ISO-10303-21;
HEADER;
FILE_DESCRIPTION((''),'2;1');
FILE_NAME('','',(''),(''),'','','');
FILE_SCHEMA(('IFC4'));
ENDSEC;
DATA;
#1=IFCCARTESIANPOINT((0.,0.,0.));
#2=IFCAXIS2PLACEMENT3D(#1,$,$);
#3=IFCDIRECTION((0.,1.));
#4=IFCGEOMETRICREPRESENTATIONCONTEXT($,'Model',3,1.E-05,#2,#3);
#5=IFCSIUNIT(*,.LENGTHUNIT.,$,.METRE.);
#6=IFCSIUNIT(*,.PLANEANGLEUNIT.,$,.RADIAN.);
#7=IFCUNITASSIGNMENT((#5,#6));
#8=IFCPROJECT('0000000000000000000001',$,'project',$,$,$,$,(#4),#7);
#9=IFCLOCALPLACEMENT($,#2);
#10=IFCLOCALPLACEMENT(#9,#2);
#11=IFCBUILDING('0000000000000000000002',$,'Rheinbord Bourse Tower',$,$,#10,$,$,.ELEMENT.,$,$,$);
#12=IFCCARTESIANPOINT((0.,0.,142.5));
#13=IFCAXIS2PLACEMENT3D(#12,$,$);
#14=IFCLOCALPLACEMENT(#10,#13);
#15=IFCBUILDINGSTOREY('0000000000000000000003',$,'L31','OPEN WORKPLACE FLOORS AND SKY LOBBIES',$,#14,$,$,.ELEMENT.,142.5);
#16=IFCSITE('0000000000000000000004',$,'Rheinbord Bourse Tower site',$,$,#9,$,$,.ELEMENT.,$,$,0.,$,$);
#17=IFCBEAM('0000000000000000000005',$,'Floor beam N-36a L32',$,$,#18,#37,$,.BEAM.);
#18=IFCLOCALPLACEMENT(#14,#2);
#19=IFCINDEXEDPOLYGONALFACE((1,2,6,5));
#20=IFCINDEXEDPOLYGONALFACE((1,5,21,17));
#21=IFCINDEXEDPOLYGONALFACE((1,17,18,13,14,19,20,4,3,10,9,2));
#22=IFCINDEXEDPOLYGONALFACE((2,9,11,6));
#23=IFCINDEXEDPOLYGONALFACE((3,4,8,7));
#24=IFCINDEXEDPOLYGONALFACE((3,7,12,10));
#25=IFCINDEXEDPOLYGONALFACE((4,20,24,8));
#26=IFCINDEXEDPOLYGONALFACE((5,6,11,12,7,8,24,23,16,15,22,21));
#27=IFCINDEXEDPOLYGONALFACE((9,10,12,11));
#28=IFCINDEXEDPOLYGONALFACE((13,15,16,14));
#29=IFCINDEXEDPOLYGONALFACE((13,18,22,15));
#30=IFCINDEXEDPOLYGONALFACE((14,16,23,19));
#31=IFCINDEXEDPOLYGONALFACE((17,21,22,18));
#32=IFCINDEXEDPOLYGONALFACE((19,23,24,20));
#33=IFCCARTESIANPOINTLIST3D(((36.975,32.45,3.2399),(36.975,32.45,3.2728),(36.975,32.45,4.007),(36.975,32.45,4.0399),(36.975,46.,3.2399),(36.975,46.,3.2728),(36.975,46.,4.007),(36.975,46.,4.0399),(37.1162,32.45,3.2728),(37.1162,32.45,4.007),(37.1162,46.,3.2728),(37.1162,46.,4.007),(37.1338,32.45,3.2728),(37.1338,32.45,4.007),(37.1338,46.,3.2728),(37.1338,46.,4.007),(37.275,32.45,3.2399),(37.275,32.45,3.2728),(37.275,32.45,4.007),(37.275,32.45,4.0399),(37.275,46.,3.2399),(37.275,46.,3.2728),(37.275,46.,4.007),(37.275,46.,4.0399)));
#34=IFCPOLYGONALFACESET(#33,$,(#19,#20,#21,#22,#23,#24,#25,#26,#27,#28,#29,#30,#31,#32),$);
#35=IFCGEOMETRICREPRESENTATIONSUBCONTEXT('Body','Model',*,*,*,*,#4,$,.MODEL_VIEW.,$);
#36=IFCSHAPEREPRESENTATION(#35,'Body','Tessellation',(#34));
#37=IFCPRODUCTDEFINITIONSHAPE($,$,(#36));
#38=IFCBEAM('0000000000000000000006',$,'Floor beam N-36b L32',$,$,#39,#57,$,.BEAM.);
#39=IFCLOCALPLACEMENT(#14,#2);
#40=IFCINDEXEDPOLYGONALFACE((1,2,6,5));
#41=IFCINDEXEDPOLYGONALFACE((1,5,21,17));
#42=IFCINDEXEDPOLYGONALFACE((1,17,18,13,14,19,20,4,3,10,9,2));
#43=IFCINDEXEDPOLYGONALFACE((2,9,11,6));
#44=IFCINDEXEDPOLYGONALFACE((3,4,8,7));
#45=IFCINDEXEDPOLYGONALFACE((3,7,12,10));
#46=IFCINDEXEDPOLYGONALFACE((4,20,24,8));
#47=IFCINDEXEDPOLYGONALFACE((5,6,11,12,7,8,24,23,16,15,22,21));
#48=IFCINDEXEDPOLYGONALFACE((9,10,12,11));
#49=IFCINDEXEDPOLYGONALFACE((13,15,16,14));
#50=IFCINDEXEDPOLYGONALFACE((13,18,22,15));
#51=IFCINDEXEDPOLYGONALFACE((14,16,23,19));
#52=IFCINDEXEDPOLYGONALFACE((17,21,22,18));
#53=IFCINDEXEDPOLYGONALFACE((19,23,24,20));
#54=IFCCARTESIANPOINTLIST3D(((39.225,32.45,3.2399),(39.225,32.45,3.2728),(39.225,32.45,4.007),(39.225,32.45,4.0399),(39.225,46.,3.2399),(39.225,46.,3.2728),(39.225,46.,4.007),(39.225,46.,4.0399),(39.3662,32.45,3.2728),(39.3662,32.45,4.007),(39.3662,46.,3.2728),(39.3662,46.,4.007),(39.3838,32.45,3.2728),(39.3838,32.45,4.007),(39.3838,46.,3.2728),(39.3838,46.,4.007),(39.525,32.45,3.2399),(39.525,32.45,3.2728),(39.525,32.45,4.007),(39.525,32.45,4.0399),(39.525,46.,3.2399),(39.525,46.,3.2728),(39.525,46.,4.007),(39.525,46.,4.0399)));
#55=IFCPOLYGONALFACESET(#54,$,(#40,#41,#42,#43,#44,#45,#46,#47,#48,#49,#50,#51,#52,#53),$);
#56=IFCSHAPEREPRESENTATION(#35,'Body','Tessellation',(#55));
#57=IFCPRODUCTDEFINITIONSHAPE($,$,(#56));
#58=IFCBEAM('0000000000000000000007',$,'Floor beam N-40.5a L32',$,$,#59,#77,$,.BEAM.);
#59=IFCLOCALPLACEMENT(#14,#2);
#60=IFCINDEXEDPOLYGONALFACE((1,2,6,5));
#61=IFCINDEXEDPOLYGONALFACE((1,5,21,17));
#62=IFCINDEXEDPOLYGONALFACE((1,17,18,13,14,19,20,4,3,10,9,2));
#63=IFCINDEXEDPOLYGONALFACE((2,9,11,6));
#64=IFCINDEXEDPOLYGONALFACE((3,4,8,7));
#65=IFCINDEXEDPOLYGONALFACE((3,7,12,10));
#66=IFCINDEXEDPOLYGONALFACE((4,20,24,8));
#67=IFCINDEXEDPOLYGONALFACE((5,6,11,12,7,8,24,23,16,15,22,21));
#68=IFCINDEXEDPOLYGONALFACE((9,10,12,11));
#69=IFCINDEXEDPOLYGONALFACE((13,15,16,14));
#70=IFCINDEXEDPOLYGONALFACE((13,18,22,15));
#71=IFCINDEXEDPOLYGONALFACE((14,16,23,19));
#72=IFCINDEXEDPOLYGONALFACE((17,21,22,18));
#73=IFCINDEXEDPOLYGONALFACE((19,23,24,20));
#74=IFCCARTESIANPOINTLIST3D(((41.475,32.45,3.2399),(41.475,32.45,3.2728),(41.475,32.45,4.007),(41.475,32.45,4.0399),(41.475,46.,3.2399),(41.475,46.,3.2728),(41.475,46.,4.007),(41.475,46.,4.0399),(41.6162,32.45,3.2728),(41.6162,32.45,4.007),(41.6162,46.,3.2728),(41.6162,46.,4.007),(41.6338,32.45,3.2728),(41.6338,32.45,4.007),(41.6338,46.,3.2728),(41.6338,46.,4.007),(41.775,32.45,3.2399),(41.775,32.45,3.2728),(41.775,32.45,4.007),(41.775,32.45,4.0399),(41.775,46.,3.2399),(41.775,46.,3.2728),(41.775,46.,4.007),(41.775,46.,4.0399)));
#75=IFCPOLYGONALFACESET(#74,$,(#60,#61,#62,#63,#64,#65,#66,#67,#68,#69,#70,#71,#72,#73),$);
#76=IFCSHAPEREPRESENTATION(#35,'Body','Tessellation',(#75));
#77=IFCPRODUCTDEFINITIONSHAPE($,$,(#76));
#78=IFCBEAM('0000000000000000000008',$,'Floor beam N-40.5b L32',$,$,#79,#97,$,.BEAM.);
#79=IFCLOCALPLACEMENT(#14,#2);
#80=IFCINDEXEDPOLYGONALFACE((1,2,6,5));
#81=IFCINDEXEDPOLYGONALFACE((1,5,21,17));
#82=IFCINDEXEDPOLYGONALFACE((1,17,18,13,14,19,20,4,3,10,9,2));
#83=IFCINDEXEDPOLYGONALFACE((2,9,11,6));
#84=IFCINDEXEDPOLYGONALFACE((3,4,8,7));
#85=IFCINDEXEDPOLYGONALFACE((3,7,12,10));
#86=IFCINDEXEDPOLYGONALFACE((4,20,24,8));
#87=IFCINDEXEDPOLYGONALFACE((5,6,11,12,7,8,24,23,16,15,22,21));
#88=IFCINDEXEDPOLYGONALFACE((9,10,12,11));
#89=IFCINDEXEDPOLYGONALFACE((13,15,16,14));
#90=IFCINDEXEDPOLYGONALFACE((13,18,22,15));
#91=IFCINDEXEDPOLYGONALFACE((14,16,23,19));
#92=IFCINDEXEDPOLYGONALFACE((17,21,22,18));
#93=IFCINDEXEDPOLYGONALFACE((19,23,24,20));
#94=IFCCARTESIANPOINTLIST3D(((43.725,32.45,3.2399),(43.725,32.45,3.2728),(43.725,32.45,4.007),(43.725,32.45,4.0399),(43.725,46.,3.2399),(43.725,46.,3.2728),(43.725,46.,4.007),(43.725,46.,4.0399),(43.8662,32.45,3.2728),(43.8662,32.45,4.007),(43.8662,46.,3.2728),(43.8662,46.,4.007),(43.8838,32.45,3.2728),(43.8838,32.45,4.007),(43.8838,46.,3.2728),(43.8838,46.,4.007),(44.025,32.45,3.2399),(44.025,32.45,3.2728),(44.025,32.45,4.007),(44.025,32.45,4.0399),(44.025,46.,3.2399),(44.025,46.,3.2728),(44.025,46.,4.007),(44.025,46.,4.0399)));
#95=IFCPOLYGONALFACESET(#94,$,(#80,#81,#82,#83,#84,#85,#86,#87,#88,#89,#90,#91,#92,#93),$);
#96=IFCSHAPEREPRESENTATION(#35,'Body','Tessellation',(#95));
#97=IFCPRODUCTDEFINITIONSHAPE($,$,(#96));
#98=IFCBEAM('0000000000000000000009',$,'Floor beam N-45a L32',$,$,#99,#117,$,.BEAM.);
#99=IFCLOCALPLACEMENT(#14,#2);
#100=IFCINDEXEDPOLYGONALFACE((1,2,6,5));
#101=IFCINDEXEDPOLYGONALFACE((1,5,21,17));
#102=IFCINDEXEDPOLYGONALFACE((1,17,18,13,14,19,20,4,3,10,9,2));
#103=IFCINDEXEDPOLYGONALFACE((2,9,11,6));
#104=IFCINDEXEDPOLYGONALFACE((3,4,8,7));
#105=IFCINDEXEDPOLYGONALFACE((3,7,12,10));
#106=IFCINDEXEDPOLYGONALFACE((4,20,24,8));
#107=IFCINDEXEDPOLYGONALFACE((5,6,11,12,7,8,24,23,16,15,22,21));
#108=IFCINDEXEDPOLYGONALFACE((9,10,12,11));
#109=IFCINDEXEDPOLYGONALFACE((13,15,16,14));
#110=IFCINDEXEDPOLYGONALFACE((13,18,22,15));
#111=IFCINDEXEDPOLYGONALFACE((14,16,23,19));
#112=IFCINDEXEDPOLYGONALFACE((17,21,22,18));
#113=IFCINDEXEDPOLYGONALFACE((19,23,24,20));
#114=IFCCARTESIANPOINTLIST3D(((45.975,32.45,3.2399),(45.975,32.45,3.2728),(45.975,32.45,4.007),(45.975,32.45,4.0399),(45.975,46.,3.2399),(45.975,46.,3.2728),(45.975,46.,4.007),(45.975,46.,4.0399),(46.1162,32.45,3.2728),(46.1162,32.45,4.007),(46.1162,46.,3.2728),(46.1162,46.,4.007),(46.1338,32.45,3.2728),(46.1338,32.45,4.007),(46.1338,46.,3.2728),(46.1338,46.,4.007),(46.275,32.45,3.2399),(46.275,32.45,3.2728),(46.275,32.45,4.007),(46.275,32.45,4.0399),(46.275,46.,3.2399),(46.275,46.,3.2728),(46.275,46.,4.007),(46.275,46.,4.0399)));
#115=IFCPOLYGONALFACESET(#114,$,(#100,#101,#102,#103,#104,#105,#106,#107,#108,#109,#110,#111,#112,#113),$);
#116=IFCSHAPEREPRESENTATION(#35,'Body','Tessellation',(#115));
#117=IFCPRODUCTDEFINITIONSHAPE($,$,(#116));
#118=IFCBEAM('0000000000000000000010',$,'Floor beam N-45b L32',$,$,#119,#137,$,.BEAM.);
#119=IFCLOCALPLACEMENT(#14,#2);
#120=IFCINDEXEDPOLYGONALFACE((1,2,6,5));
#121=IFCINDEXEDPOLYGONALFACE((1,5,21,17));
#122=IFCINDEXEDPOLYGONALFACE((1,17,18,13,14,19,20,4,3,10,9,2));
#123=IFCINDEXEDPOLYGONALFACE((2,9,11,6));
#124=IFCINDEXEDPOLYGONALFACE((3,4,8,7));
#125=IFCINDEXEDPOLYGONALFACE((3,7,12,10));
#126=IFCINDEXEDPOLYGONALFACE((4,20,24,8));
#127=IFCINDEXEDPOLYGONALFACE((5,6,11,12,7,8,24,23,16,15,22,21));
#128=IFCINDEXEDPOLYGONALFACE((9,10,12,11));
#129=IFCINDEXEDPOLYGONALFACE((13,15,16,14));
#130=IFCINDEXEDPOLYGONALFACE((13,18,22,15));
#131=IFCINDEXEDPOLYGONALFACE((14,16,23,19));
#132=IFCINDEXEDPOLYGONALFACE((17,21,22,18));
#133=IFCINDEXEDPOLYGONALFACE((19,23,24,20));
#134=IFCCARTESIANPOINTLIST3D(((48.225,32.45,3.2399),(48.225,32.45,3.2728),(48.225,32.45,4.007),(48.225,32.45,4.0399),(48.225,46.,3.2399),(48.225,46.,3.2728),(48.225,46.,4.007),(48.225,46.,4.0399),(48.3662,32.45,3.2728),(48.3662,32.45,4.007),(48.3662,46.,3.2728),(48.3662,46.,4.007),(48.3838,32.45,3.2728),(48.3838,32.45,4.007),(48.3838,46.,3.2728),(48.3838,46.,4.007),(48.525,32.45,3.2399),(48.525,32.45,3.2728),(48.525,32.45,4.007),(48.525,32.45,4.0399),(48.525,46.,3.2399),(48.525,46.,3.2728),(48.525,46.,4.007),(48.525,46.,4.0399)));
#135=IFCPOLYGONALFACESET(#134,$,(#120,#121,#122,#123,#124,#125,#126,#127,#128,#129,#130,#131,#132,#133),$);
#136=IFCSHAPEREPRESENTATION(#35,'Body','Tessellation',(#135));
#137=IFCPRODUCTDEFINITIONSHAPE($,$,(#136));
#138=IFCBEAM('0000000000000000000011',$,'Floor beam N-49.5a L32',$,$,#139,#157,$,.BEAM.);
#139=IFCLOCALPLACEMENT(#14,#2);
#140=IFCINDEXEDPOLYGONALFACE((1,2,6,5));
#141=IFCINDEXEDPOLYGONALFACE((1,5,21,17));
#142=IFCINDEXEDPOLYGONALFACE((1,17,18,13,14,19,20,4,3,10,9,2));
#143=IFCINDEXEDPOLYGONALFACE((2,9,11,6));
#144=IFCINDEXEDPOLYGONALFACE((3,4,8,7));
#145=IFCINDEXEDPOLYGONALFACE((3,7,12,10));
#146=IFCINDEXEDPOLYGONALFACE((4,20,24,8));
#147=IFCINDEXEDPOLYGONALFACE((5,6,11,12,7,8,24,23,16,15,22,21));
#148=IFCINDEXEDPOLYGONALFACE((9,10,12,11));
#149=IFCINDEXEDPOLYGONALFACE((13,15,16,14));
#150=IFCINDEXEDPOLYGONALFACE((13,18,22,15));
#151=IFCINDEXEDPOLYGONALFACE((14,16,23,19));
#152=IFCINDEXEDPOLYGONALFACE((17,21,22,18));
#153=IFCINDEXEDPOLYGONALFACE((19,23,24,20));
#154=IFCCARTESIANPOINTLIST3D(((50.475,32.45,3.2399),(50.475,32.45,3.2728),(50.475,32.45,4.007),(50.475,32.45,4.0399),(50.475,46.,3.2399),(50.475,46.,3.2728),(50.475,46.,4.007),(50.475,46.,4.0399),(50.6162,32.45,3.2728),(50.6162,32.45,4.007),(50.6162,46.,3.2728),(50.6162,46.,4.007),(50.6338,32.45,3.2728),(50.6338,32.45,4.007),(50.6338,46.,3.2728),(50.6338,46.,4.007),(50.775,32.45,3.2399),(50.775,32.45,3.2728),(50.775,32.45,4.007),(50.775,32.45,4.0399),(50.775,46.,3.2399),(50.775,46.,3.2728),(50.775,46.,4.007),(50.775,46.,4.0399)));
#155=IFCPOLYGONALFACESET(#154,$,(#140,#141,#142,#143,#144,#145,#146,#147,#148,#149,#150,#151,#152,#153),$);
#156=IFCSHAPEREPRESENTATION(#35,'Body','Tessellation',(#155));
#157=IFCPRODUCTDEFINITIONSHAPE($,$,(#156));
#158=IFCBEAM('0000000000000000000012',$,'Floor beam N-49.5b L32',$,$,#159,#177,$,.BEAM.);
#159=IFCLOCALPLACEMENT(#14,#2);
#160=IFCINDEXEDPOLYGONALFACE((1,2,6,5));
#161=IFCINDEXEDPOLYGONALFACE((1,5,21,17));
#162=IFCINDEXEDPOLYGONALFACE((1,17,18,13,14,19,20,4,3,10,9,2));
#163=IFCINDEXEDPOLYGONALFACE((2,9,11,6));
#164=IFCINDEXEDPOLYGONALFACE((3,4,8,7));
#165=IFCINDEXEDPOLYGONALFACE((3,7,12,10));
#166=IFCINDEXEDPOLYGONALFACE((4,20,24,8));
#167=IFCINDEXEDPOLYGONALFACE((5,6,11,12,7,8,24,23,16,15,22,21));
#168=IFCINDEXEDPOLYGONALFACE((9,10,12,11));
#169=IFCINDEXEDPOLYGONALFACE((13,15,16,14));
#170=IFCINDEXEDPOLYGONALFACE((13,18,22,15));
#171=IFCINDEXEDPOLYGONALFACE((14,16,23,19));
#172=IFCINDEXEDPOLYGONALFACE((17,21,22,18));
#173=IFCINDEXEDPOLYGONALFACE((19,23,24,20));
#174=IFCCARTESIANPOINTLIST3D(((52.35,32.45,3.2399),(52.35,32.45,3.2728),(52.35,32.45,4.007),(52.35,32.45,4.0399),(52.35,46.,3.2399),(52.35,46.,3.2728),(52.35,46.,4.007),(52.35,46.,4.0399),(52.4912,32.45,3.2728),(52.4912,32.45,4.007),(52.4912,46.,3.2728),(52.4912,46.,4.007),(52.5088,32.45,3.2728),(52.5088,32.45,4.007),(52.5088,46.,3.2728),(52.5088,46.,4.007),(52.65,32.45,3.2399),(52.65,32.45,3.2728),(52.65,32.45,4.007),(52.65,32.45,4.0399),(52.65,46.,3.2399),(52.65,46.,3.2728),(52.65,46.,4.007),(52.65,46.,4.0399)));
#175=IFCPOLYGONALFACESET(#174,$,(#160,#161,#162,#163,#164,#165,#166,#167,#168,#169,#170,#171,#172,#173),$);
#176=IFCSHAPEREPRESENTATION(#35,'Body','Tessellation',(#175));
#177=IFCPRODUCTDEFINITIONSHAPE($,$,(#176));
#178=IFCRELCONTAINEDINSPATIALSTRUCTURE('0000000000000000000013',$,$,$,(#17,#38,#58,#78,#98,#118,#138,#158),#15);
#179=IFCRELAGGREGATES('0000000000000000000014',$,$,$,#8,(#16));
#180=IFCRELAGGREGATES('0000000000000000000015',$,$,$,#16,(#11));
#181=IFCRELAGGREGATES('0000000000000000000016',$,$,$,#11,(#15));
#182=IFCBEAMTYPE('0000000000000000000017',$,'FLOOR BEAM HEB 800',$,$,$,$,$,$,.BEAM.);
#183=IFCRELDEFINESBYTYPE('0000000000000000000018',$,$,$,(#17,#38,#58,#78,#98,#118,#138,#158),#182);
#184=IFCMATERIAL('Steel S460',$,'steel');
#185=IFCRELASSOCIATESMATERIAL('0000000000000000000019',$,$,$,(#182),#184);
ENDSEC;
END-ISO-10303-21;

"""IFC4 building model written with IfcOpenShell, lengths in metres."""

from ifc_helpers import new_model, si_unit, direction, frame, origin, origin_2d, place, context, subcontext, project, spatial, i_section, extrude, material, material_profile, profile_set, type_object, element, save


model = new_model("IFC4")

# Units and contexts
model_context = context("Model", 3, precision=1e-05, world=origin(), true_north=direction((0.0, 1.0)))
body_context = subcontext(model_context, "Body", "Model", "MODEL_VIEW")
ifc_project = project(units=[si_unit("LENGTHUNIT", "METRE"), si_unit("PLANEANGLEUNIT", "RADIAN")], contexts=[model_context])

# Site, building, storey
site_placement = place(None, origin())
site = spatial("IfcSite", under=ifc_project, at=site_placement, Name="Rheinbord Bourse Tower site", CompositionType="ELEMENT", RefElevation=0.0)
building_placement = place(site_placement, origin())
building = spatial("IfcBuilding", under=site, at=building_placement, Name="Rheinbord Bourse Tower", CompositionType="ELEMENT")
storey_placement = place(building_placement, frame((0.0, 0.0, 142.5)))
storey = spatial("IfcBuildingStorey", under=building, at=storey_placement, Name="L31", Description="OPEN WORKPLACE FLOORS AND SKY LOBBIES", CompositionType="ELEMENT", Elevation=142.5)

# Beams
ifc_material_1 = material(Name="Steel S460", Category="steel")
ifc_material_profile_1 = material_profile(ifc_material_1, i_section(OverallWidth=0.3, OverallDepth=0.8, WebThickness=0.0176, FlangeThickness=0.033, at=origin_2d()), Name="HEB 800")
ifc_profile_set_1 = profile_set([ifc_material_profile_1], Name="Steel S460")
beam_type_1 = type_object("IfcBeamType", Name="FLOOR BEAM HEB 800", PredefinedType="BEAM", material=ifc_profile_set_1)
for number, where, z_axis, x_axis, name in (
    (1, (37.125, 46.0, 3.6399), (0.0, -1.0, 0.0), (1.0, 0.0, 0.0), "Floor beam N-36a L32"),
    (2, (39.375, 46.0, 3.6399), (0.0, -1.0, 0.0), (1.0, 0.0, 0.0), "Floor beam N-36b L32"),
    (3, (41.625, 46.0, 3.6399), (0.0, -1.0, 0.0), (1.0, 0.0, 0.0), "Floor beam N-40.5a L32"),
    (4, (43.875, 46.0, 3.6399), (0.0, -1.0, 0.0), (1.0, 0.0, 0.0), "Floor beam N-40.5b L32"),
    (5, (46.125, 46.0, 3.6399), (0.0, -1.0, 0.0), (1.0, 0.0, 0.0), "Floor beam N-45a L32"),
    (6, (48.375, 46.0, 3.6399), (0.0, -1.0, 0.0), (1.0, 0.0, 0.0), "Floor beam N-45b L32"),
    (7, (50.625, 46.0, 3.6399), (0.0, -1.0, 0.0), (1.0, 0.0, 0.0), "Floor beam N-49.5a L32"),
    (8, (52.5, 46.0, 3.6399), (0.0, -1.0, 0.0), (1.0, 0.0, 0.0), "Floor beam N-49.5b L32"),
):
    element("IfcBeam", number, at=place(storey_placement, frame(where, z_axis=z_axis, x_axis=x_axis)), inside=storey, type_object=beam_type_1, Name=name, PredefinedType="BEAM", context=body_context, shape_type="SweptSolid", body=[
        extrude(i_section(OverallWidth=0.3, OverallDepth=0.8, WebThickness=0.0176, FlangeThickness=0.033, at=origin_2d()), origin(), (0.0, 0.0, 1.0), 13.55),
    ])

save(model, "model.ifc")
